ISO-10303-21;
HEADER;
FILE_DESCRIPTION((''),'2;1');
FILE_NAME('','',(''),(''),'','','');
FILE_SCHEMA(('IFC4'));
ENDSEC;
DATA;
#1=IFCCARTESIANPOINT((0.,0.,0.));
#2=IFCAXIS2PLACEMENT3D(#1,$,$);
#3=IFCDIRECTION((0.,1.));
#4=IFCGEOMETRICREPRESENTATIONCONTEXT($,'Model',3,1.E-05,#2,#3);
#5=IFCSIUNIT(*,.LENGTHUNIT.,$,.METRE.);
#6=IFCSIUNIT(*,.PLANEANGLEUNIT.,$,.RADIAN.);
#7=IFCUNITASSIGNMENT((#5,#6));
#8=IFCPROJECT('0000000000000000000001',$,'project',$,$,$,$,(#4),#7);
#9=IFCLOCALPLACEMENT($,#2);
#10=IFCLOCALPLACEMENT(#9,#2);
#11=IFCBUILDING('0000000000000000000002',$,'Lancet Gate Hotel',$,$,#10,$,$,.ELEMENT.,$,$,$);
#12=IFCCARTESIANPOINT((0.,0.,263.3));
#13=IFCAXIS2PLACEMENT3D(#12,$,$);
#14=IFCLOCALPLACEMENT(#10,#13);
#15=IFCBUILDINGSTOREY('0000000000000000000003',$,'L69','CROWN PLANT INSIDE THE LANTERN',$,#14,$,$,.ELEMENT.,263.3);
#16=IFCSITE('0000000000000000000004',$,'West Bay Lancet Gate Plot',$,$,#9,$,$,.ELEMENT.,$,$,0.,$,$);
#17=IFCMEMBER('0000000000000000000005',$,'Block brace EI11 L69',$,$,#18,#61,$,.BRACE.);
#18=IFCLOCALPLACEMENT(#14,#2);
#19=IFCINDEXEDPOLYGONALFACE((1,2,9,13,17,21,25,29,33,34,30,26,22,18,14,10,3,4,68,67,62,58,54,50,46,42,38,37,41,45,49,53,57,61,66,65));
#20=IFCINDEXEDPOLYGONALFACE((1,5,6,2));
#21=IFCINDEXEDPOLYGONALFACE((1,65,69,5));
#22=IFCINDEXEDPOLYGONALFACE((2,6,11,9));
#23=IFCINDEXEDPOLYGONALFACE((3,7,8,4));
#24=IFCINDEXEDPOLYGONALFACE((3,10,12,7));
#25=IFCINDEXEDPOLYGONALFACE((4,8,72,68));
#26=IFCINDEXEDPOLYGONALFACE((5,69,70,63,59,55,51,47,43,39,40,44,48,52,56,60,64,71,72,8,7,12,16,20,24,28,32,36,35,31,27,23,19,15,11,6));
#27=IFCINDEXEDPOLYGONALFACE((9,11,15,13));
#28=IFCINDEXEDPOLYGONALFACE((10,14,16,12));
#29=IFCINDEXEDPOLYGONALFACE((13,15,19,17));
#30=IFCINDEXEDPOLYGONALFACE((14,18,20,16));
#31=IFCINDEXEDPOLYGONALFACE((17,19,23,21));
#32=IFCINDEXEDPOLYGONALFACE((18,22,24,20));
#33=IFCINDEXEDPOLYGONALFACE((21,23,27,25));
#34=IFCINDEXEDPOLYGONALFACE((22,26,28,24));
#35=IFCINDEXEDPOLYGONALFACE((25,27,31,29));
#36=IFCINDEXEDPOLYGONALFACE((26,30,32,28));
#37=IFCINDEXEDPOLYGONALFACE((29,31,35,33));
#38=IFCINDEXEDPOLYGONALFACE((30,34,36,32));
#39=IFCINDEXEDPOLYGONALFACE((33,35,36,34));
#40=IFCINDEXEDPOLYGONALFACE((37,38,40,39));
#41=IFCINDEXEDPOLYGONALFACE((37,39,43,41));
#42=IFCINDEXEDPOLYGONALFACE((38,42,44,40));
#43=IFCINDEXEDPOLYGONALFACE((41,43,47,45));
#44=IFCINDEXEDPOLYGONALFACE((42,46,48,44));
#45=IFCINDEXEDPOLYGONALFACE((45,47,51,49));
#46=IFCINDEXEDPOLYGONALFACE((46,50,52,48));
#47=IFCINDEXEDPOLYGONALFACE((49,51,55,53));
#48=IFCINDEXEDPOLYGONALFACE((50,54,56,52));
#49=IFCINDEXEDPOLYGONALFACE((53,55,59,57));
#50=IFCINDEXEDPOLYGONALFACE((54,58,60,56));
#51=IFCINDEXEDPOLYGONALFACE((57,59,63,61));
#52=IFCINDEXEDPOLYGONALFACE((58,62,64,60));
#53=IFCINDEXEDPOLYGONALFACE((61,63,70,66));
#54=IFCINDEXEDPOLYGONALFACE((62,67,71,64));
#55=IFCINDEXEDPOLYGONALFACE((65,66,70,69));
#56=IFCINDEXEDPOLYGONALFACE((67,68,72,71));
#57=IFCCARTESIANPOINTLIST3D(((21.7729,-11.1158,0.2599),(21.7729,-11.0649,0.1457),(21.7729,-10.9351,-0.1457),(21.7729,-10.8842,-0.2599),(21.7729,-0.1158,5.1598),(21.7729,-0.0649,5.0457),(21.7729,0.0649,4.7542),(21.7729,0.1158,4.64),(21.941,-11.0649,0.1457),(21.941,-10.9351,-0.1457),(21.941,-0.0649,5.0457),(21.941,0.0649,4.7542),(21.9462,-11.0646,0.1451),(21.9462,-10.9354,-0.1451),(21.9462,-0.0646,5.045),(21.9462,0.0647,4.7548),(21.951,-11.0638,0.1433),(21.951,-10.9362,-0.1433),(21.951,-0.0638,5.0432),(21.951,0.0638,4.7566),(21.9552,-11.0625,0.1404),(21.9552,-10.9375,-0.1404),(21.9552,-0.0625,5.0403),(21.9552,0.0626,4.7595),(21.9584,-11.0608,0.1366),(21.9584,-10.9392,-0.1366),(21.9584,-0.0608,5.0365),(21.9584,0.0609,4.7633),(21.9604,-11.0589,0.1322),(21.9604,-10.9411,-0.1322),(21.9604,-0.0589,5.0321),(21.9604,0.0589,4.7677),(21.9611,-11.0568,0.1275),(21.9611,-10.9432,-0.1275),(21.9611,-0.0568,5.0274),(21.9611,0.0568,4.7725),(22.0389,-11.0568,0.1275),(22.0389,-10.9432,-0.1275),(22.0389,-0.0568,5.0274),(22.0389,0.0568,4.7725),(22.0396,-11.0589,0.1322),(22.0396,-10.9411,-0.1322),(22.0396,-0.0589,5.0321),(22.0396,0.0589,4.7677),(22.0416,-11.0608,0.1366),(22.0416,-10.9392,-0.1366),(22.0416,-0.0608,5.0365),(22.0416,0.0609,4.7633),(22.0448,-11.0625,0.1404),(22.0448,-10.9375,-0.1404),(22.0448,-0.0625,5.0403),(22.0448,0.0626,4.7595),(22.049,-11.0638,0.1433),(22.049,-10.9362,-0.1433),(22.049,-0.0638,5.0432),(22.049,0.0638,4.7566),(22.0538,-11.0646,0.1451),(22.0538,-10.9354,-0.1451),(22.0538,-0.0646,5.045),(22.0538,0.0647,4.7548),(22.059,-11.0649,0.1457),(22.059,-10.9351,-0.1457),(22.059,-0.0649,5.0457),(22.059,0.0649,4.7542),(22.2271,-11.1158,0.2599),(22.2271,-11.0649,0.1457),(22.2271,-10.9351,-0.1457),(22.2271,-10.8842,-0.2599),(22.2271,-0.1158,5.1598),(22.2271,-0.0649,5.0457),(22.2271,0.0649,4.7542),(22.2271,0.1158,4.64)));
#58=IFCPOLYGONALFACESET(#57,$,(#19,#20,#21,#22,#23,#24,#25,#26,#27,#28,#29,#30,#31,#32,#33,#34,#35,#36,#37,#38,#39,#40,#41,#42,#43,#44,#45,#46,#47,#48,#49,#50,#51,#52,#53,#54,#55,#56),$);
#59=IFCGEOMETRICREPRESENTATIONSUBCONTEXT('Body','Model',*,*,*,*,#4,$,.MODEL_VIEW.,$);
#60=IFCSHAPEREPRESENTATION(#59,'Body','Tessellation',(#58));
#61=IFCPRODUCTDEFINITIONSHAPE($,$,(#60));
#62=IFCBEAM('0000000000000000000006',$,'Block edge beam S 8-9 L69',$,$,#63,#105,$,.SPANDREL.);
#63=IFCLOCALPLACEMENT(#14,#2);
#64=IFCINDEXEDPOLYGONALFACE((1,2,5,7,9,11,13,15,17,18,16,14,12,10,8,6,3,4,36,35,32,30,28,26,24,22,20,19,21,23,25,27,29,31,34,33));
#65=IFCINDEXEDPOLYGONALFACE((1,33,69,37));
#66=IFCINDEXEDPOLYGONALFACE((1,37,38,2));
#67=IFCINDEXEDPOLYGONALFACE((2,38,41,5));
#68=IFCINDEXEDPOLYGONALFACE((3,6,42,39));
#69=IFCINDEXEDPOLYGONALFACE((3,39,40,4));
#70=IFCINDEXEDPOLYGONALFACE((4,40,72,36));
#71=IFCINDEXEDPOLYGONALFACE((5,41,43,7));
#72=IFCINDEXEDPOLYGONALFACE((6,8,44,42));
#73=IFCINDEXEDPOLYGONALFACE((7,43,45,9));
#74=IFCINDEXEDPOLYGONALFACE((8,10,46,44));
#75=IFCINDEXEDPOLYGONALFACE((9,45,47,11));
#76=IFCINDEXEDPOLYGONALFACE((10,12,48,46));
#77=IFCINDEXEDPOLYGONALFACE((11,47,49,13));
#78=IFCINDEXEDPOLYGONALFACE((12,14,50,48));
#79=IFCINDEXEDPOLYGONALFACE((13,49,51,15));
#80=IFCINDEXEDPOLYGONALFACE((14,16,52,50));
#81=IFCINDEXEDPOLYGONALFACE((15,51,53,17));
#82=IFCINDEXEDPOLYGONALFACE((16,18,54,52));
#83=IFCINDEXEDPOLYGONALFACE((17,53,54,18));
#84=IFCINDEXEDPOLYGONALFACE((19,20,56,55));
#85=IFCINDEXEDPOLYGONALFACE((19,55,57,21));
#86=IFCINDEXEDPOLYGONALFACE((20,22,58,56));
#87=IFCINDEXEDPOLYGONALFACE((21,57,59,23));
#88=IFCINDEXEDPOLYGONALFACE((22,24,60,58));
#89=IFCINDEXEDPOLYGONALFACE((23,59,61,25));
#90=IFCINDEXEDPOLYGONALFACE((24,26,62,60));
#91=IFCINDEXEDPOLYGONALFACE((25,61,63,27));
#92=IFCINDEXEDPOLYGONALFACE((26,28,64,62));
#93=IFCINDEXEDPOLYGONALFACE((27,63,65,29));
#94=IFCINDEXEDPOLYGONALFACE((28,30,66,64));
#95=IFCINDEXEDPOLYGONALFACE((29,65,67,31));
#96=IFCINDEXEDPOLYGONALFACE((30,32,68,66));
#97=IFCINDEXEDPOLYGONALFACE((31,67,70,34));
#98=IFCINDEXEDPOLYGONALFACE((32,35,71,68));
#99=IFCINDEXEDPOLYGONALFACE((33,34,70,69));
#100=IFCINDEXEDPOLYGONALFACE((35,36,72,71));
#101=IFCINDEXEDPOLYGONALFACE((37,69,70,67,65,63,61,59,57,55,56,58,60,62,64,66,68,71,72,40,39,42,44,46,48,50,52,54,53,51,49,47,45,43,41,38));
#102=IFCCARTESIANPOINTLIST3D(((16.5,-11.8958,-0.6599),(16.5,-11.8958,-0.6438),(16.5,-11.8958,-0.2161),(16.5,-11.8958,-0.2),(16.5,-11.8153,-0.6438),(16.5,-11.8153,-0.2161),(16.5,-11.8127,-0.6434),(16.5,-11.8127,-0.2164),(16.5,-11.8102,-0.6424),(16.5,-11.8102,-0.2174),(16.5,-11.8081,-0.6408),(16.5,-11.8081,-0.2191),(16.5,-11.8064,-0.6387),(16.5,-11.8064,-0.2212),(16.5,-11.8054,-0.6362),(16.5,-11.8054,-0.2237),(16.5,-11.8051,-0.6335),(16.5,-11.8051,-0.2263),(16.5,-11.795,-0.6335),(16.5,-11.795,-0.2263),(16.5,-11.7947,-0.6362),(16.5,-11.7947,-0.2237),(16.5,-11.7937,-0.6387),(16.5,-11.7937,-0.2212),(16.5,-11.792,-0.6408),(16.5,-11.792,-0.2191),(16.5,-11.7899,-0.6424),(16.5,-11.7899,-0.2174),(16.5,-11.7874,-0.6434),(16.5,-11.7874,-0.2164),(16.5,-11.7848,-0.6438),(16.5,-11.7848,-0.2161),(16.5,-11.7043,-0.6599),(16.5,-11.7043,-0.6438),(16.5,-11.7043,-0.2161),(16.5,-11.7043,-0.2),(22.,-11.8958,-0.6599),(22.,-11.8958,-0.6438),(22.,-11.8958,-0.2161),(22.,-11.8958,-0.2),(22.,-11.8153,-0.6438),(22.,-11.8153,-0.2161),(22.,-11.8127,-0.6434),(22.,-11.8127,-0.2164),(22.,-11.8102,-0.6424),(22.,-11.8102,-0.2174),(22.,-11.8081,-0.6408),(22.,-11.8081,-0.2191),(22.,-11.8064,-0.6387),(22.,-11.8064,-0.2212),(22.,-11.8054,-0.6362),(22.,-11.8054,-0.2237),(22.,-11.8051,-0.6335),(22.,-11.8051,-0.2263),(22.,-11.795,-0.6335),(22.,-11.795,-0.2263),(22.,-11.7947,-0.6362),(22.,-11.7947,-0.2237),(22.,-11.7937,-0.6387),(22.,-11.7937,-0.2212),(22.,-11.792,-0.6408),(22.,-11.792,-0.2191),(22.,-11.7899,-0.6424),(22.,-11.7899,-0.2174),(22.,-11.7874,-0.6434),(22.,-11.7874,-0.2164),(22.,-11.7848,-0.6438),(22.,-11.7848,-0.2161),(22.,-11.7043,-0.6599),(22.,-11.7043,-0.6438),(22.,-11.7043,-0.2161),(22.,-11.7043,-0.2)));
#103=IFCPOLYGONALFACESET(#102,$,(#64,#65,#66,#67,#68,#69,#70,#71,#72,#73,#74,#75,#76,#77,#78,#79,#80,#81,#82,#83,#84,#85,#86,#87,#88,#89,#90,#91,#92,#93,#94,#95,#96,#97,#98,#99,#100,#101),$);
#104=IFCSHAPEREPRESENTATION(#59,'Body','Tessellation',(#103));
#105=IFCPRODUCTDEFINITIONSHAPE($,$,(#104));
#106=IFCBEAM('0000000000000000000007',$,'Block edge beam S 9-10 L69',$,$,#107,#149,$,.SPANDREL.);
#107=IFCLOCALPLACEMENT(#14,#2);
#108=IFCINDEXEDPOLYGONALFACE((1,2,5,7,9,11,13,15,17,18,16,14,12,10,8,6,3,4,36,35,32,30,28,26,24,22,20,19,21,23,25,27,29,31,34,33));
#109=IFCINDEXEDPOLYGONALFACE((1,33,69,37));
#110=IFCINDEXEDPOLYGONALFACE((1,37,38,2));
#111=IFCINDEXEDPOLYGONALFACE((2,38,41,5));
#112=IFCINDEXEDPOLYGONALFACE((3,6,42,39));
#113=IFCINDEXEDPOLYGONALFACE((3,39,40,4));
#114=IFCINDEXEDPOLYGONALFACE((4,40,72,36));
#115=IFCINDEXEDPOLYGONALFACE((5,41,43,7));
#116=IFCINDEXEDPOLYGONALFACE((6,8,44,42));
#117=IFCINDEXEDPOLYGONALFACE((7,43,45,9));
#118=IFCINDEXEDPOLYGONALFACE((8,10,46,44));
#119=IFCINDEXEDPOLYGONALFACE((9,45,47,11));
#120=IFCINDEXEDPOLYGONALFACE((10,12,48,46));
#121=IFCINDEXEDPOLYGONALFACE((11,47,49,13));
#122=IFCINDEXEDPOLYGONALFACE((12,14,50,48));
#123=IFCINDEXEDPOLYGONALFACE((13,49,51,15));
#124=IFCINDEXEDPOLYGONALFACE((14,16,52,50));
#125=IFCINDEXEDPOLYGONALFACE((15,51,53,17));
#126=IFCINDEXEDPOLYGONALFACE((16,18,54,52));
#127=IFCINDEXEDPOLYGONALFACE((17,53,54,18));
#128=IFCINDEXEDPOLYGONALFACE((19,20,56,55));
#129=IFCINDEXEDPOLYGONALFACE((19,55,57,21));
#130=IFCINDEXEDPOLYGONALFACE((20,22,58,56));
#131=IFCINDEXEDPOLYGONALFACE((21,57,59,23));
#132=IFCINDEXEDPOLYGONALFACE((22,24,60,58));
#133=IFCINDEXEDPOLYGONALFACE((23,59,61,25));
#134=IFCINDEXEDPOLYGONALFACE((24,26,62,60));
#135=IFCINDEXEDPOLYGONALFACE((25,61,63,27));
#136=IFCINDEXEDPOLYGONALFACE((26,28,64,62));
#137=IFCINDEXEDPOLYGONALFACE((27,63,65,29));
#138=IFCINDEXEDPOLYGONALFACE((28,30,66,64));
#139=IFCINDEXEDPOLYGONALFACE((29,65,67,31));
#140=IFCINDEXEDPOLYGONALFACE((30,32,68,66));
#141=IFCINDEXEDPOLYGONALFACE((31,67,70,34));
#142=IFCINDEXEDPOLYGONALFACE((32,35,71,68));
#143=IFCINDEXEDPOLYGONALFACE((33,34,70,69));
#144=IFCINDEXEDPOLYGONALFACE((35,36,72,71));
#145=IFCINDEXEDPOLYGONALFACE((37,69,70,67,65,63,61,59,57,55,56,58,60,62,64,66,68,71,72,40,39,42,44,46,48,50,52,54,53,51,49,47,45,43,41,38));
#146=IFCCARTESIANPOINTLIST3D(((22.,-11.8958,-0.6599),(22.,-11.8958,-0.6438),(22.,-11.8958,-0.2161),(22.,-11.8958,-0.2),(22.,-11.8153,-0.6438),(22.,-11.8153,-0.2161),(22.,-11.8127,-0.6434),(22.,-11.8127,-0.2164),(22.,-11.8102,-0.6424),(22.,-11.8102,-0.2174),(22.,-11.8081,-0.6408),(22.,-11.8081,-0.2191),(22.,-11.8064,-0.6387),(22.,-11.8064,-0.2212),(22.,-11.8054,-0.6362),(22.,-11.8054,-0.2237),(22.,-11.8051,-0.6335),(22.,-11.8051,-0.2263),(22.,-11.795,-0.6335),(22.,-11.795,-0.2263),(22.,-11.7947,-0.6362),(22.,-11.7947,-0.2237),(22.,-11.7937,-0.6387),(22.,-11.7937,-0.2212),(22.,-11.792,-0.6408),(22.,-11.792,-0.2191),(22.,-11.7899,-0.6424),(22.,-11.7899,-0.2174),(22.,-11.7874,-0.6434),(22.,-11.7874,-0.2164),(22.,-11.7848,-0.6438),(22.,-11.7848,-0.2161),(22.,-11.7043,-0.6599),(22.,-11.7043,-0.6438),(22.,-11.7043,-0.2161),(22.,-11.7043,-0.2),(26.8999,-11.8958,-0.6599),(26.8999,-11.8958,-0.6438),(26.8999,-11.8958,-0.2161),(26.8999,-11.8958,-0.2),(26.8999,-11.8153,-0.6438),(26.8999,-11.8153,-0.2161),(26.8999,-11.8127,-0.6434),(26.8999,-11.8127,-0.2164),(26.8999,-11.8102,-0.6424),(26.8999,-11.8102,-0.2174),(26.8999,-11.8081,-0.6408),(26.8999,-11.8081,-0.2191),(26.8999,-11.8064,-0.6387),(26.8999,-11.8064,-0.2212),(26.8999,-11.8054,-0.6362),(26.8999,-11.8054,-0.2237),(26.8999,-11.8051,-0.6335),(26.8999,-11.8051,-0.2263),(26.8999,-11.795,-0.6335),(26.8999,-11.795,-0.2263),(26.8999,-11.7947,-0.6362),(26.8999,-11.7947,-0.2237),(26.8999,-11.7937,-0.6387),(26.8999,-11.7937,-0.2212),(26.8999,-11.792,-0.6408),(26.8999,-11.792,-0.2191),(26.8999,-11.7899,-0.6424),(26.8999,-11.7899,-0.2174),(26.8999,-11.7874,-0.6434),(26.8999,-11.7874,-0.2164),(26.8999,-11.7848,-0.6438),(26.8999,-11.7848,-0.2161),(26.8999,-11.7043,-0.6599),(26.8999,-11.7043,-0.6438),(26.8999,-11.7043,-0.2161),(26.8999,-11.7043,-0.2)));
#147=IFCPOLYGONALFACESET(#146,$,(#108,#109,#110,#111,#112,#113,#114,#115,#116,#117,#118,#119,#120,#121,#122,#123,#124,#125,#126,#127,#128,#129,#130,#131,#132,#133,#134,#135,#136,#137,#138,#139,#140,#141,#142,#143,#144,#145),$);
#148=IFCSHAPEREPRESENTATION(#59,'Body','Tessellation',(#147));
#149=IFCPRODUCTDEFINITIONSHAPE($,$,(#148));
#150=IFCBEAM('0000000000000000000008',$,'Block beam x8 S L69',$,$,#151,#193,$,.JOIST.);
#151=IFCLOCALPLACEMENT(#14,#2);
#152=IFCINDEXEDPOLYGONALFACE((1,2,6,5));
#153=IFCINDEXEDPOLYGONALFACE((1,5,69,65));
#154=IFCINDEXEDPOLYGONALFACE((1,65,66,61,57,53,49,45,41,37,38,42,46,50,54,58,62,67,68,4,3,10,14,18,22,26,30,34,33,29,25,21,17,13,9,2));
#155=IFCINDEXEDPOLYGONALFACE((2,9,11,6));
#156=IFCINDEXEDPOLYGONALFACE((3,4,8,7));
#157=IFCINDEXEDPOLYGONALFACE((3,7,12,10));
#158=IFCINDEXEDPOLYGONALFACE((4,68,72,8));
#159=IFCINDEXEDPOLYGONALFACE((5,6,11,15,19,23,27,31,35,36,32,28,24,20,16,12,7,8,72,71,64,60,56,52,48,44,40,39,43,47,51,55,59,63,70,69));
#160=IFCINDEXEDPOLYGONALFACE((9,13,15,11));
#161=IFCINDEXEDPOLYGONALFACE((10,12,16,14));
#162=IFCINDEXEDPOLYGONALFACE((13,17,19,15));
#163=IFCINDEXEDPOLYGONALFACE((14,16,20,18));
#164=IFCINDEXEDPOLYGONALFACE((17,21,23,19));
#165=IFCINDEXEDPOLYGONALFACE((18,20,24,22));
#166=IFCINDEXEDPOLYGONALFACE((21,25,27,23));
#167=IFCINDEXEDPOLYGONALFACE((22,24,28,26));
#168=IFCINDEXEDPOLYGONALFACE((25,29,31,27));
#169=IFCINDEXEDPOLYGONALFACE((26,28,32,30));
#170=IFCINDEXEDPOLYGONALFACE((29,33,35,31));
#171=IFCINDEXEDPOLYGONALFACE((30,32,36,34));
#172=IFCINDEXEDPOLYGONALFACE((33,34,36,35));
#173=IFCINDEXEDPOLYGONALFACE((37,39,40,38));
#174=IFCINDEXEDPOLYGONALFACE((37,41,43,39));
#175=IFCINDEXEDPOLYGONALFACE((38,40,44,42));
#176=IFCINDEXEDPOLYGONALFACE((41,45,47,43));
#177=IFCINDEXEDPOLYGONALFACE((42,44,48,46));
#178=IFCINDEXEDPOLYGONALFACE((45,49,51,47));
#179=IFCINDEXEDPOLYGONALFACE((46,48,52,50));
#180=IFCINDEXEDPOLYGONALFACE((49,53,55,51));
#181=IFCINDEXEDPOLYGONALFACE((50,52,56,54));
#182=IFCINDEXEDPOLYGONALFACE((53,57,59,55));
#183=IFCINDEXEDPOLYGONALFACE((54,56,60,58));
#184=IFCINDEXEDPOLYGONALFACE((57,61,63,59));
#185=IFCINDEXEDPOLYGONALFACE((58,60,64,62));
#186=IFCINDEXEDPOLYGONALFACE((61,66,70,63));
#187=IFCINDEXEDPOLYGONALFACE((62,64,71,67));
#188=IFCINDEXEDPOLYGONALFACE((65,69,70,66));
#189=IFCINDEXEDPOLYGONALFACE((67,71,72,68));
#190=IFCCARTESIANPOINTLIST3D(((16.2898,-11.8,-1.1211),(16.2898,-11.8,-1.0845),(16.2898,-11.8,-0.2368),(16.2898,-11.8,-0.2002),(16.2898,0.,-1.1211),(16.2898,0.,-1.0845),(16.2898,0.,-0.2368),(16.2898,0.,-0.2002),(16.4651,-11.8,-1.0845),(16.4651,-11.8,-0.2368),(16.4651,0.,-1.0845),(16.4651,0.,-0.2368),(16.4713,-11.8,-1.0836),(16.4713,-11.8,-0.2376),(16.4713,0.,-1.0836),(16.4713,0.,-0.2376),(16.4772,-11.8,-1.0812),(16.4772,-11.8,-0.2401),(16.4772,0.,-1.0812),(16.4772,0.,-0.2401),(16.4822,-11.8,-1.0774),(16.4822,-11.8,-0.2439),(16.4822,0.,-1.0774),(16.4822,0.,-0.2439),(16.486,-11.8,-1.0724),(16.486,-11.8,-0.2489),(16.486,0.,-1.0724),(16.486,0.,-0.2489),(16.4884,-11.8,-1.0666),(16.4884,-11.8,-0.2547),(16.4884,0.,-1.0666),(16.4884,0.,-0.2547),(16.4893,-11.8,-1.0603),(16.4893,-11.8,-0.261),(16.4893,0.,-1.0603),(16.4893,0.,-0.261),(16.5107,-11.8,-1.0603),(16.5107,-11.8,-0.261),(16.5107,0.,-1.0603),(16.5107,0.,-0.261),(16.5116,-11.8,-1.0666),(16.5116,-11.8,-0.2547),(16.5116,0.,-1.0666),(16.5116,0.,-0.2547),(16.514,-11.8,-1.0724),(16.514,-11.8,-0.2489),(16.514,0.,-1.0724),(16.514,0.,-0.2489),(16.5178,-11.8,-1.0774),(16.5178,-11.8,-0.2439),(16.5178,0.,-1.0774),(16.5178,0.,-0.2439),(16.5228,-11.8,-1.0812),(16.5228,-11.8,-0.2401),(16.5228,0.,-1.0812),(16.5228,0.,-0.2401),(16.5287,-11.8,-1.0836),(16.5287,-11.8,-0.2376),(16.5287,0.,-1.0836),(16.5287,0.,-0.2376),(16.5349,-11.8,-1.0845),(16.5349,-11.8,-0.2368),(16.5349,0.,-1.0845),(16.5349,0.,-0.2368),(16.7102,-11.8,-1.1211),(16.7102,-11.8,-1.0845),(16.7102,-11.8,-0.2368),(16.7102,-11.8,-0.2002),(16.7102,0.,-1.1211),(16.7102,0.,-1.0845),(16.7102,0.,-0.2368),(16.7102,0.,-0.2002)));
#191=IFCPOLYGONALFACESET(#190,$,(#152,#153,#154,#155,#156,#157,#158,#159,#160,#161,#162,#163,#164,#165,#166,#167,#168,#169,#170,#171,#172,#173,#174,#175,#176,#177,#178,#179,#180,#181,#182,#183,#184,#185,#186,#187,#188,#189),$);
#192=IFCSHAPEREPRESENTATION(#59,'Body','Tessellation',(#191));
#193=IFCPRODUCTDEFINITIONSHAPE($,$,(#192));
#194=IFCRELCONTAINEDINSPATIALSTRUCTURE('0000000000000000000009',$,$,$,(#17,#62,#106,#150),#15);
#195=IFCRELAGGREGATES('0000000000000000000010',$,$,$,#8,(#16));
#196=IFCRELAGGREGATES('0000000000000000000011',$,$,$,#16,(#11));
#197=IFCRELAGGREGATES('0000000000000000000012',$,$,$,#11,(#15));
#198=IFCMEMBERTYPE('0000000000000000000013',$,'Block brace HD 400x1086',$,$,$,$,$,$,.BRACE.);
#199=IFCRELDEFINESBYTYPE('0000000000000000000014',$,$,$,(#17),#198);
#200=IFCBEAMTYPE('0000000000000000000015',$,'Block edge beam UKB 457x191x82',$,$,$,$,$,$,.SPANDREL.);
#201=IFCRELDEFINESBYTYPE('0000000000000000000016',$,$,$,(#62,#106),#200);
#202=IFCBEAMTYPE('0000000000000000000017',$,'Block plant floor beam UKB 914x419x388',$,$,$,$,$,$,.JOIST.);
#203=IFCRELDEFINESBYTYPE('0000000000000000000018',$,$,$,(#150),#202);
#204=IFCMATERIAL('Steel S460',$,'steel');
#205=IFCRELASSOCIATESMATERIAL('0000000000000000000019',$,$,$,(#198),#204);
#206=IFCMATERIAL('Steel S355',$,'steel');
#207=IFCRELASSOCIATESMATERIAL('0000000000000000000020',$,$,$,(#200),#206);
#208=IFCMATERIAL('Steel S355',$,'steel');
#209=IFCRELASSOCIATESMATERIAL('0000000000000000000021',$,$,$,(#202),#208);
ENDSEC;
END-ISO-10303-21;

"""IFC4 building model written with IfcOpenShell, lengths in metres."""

from ifc_helpers import new_model, si_unit, direction, frame, origin, origin_2d, place, context, subcontext, project, spatial, i_section, extrude, material, material_profile, profile_set, type_object, element, save


model = new_model("IFC4")

# Units and contexts
model_context = context("Model", 3, precision=1e-05, world=origin(), true_north=direction((0.0, 1.0)))
body_context = subcontext(model_context, "Body", "Model", "MODEL_VIEW")
ifc_project = project(units=[si_unit("LENGTHUNIT", "METRE"), si_unit("PLANEANGLEUNIT", "RADIAN")], contexts=[model_context])

# Site, building, storey
site_placement = place(None, origin())
site = spatial("IfcSite", under=ifc_project, at=site_placement, Name="West Bay Lancet Gate Plot", CompositionType="ELEMENT", RefElevation=0.0)
building_placement = place(site_placement, origin())
building = spatial("IfcBuilding", under=site, at=building_placement, Name="Lancet Gate Hotel", CompositionType="ELEMENT")
storey_placement = place(building_placement, frame((0.0, 0.0, 263.3)))
storey = spatial("IfcBuildingStorey", under=building, at=storey_placement, Name="L69", Description="CROWN PLANT INSIDE THE LANTERN", CompositionType="ELEMENT", Elevation=263.3)

# Member
ifc_material_1 = material(Name="Steel S460", Category="steel")
ifc_material_profile_1 = material_profile(ifc_material_1, i_section(OverallWidth=0.4541, OverallDepth=0.5691, WebThickness=0.0779, FlangeThickness=0.125, FilletRadius=0.02, at=origin_2d()), Name="HD 400x1086")
ifc_profile_set_1 = profile_set([ifc_material_profile_1], Name="Steel S460")
member_type_1 = type_object("IfcMemberType", Name="Block brace HD 400x1086", PredefinedType="BRACE", material=ifc_profile_set_1)
member_1_placement = place(storey_placement, frame((22.0, -11.0, 0.0), z_axis=(0.0, 0.913472, 0.406902), x_axis=(-1.0, 0.0, 0.0)))
element("IfcMember", 1, at=member_1_placement, inside=storey, type_object=member_type_1, Name="Block brace EI11 L69", PredefinedType="BRACE", context=body_context, shape_type="SweptSolid", body=[
    extrude(i_section(OverallWidth=0.4541, OverallDepth=0.5691, WebThickness=0.0779, FlangeThickness=0.125, FilletRadius=0.02, at=origin_2d()), origin(), (0.0, 0.0, 1.0), 12.042),
])

# Beams
ifc_material_2 = material(Name="Steel S355", Category="steel")
ifc_material_profile_2 = material_profile(ifc_material_2, i_section(OverallWidth=0.1914, OverallDepth=0.46, WebThickness=0.01, FlangeThickness=0.0161, FilletRadius=0.0103, at=origin_2d()), Name="UKB 457x191x82")
ifc_profile_set_2 = profile_set([ifc_material_profile_2], Name="Steel S355")
beam_type_1 = type_object("IfcBeamType", Name="Block edge beam UKB 457x191x82", PredefinedType="SPANDREL", material=ifc_profile_set_2)
beam_1_placement = place(storey_placement, frame((16.5, -11.8, -0.4299), z_axis=(1.0, 0.0, 0.0), x_axis=(0.0, 1.0, 0.0)))
element("IfcBeam", 2, at=beam_1_placement, inside=storey, type_object=beam_type_1, Name="Block edge beam S 8-9 L69", PredefinedType="SPANDREL", context=body_context, shape_type="SweptSolid", body=[
    extrude(i_section(OverallWidth=0.1914, OverallDepth=0.46, WebThickness=0.01, FlangeThickness=0.0161, FilletRadius=0.0103, at=origin_2d()), origin(), (0.0, 0.0, 1.0), 5.5),
])
beam_2_placement = place(storey_placement, frame((22.0, -11.8, -0.4299), z_axis=(1.0, 0.0, 0.0), x_axis=(0.0, 1.0, 0.0)))
element("IfcBeam", 3, at=beam_2_placement, inside=storey, type_object=beam_type_1, Name="Block edge beam S 9-10 L69", PredefinedType="SPANDREL", context=body_context, shape_type="SweptSolid", body=[
    extrude(i_section(OverallWidth=0.1914, OverallDepth=0.46, WebThickness=0.01, FlangeThickness=0.0161, FilletRadius=0.0103, at=origin_2d()), origin(), (0.0, 0.0, 1.0), 4.8999),
])
ifc_material_3 = material(Name="Steel S355", Category="steel")
ifc_material_profile_3 = material_profile(ifc_material_3, i_section(OverallWidth=0.4204, OverallDepth=0.9209, WebThickness=0.0215, FlangeThickness=0.0366, FilletRadius=0.0242, at=origin_2d()), Name="UKB 914x419x388")
ifc_profile_set_3 = profile_set([ifc_material_profile_3], Name="Steel S355")
beam_type_2 = type_object("IfcBeamType", Name="Block plant floor beam UKB 914x419x388", PredefinedType="JOIST", material=ifc_profile_set_3)
for number, where, z_axis, x_axis, name in (
    (4, (16.5, -11.8, -0.6606), (0.0, 1.0, 0.0), (-1.0, 0.0, 0.0), "Block beam x8 S L69"),
):
    element("IfcBeam", number, at=place(storey_placement, frame(where, z_axis=z_axis, x_axis=x_axis)), inside=storey, type_object=beam_type_2, Name=name, PredefinedType="JOIST", context=body_context, shape_type="SweptSolid", body=[
        extrude(i_section(OverallWidth=0.4204, OverallDepth=0.9209, WebThickness=0.0215, FlangeThickness=0.0366, FilletRadius=0.0242, at=origin_2d()), origin(), (0.0, 0.0, 1.0), 11.8),
    ])

save(model, "model.ifc")
